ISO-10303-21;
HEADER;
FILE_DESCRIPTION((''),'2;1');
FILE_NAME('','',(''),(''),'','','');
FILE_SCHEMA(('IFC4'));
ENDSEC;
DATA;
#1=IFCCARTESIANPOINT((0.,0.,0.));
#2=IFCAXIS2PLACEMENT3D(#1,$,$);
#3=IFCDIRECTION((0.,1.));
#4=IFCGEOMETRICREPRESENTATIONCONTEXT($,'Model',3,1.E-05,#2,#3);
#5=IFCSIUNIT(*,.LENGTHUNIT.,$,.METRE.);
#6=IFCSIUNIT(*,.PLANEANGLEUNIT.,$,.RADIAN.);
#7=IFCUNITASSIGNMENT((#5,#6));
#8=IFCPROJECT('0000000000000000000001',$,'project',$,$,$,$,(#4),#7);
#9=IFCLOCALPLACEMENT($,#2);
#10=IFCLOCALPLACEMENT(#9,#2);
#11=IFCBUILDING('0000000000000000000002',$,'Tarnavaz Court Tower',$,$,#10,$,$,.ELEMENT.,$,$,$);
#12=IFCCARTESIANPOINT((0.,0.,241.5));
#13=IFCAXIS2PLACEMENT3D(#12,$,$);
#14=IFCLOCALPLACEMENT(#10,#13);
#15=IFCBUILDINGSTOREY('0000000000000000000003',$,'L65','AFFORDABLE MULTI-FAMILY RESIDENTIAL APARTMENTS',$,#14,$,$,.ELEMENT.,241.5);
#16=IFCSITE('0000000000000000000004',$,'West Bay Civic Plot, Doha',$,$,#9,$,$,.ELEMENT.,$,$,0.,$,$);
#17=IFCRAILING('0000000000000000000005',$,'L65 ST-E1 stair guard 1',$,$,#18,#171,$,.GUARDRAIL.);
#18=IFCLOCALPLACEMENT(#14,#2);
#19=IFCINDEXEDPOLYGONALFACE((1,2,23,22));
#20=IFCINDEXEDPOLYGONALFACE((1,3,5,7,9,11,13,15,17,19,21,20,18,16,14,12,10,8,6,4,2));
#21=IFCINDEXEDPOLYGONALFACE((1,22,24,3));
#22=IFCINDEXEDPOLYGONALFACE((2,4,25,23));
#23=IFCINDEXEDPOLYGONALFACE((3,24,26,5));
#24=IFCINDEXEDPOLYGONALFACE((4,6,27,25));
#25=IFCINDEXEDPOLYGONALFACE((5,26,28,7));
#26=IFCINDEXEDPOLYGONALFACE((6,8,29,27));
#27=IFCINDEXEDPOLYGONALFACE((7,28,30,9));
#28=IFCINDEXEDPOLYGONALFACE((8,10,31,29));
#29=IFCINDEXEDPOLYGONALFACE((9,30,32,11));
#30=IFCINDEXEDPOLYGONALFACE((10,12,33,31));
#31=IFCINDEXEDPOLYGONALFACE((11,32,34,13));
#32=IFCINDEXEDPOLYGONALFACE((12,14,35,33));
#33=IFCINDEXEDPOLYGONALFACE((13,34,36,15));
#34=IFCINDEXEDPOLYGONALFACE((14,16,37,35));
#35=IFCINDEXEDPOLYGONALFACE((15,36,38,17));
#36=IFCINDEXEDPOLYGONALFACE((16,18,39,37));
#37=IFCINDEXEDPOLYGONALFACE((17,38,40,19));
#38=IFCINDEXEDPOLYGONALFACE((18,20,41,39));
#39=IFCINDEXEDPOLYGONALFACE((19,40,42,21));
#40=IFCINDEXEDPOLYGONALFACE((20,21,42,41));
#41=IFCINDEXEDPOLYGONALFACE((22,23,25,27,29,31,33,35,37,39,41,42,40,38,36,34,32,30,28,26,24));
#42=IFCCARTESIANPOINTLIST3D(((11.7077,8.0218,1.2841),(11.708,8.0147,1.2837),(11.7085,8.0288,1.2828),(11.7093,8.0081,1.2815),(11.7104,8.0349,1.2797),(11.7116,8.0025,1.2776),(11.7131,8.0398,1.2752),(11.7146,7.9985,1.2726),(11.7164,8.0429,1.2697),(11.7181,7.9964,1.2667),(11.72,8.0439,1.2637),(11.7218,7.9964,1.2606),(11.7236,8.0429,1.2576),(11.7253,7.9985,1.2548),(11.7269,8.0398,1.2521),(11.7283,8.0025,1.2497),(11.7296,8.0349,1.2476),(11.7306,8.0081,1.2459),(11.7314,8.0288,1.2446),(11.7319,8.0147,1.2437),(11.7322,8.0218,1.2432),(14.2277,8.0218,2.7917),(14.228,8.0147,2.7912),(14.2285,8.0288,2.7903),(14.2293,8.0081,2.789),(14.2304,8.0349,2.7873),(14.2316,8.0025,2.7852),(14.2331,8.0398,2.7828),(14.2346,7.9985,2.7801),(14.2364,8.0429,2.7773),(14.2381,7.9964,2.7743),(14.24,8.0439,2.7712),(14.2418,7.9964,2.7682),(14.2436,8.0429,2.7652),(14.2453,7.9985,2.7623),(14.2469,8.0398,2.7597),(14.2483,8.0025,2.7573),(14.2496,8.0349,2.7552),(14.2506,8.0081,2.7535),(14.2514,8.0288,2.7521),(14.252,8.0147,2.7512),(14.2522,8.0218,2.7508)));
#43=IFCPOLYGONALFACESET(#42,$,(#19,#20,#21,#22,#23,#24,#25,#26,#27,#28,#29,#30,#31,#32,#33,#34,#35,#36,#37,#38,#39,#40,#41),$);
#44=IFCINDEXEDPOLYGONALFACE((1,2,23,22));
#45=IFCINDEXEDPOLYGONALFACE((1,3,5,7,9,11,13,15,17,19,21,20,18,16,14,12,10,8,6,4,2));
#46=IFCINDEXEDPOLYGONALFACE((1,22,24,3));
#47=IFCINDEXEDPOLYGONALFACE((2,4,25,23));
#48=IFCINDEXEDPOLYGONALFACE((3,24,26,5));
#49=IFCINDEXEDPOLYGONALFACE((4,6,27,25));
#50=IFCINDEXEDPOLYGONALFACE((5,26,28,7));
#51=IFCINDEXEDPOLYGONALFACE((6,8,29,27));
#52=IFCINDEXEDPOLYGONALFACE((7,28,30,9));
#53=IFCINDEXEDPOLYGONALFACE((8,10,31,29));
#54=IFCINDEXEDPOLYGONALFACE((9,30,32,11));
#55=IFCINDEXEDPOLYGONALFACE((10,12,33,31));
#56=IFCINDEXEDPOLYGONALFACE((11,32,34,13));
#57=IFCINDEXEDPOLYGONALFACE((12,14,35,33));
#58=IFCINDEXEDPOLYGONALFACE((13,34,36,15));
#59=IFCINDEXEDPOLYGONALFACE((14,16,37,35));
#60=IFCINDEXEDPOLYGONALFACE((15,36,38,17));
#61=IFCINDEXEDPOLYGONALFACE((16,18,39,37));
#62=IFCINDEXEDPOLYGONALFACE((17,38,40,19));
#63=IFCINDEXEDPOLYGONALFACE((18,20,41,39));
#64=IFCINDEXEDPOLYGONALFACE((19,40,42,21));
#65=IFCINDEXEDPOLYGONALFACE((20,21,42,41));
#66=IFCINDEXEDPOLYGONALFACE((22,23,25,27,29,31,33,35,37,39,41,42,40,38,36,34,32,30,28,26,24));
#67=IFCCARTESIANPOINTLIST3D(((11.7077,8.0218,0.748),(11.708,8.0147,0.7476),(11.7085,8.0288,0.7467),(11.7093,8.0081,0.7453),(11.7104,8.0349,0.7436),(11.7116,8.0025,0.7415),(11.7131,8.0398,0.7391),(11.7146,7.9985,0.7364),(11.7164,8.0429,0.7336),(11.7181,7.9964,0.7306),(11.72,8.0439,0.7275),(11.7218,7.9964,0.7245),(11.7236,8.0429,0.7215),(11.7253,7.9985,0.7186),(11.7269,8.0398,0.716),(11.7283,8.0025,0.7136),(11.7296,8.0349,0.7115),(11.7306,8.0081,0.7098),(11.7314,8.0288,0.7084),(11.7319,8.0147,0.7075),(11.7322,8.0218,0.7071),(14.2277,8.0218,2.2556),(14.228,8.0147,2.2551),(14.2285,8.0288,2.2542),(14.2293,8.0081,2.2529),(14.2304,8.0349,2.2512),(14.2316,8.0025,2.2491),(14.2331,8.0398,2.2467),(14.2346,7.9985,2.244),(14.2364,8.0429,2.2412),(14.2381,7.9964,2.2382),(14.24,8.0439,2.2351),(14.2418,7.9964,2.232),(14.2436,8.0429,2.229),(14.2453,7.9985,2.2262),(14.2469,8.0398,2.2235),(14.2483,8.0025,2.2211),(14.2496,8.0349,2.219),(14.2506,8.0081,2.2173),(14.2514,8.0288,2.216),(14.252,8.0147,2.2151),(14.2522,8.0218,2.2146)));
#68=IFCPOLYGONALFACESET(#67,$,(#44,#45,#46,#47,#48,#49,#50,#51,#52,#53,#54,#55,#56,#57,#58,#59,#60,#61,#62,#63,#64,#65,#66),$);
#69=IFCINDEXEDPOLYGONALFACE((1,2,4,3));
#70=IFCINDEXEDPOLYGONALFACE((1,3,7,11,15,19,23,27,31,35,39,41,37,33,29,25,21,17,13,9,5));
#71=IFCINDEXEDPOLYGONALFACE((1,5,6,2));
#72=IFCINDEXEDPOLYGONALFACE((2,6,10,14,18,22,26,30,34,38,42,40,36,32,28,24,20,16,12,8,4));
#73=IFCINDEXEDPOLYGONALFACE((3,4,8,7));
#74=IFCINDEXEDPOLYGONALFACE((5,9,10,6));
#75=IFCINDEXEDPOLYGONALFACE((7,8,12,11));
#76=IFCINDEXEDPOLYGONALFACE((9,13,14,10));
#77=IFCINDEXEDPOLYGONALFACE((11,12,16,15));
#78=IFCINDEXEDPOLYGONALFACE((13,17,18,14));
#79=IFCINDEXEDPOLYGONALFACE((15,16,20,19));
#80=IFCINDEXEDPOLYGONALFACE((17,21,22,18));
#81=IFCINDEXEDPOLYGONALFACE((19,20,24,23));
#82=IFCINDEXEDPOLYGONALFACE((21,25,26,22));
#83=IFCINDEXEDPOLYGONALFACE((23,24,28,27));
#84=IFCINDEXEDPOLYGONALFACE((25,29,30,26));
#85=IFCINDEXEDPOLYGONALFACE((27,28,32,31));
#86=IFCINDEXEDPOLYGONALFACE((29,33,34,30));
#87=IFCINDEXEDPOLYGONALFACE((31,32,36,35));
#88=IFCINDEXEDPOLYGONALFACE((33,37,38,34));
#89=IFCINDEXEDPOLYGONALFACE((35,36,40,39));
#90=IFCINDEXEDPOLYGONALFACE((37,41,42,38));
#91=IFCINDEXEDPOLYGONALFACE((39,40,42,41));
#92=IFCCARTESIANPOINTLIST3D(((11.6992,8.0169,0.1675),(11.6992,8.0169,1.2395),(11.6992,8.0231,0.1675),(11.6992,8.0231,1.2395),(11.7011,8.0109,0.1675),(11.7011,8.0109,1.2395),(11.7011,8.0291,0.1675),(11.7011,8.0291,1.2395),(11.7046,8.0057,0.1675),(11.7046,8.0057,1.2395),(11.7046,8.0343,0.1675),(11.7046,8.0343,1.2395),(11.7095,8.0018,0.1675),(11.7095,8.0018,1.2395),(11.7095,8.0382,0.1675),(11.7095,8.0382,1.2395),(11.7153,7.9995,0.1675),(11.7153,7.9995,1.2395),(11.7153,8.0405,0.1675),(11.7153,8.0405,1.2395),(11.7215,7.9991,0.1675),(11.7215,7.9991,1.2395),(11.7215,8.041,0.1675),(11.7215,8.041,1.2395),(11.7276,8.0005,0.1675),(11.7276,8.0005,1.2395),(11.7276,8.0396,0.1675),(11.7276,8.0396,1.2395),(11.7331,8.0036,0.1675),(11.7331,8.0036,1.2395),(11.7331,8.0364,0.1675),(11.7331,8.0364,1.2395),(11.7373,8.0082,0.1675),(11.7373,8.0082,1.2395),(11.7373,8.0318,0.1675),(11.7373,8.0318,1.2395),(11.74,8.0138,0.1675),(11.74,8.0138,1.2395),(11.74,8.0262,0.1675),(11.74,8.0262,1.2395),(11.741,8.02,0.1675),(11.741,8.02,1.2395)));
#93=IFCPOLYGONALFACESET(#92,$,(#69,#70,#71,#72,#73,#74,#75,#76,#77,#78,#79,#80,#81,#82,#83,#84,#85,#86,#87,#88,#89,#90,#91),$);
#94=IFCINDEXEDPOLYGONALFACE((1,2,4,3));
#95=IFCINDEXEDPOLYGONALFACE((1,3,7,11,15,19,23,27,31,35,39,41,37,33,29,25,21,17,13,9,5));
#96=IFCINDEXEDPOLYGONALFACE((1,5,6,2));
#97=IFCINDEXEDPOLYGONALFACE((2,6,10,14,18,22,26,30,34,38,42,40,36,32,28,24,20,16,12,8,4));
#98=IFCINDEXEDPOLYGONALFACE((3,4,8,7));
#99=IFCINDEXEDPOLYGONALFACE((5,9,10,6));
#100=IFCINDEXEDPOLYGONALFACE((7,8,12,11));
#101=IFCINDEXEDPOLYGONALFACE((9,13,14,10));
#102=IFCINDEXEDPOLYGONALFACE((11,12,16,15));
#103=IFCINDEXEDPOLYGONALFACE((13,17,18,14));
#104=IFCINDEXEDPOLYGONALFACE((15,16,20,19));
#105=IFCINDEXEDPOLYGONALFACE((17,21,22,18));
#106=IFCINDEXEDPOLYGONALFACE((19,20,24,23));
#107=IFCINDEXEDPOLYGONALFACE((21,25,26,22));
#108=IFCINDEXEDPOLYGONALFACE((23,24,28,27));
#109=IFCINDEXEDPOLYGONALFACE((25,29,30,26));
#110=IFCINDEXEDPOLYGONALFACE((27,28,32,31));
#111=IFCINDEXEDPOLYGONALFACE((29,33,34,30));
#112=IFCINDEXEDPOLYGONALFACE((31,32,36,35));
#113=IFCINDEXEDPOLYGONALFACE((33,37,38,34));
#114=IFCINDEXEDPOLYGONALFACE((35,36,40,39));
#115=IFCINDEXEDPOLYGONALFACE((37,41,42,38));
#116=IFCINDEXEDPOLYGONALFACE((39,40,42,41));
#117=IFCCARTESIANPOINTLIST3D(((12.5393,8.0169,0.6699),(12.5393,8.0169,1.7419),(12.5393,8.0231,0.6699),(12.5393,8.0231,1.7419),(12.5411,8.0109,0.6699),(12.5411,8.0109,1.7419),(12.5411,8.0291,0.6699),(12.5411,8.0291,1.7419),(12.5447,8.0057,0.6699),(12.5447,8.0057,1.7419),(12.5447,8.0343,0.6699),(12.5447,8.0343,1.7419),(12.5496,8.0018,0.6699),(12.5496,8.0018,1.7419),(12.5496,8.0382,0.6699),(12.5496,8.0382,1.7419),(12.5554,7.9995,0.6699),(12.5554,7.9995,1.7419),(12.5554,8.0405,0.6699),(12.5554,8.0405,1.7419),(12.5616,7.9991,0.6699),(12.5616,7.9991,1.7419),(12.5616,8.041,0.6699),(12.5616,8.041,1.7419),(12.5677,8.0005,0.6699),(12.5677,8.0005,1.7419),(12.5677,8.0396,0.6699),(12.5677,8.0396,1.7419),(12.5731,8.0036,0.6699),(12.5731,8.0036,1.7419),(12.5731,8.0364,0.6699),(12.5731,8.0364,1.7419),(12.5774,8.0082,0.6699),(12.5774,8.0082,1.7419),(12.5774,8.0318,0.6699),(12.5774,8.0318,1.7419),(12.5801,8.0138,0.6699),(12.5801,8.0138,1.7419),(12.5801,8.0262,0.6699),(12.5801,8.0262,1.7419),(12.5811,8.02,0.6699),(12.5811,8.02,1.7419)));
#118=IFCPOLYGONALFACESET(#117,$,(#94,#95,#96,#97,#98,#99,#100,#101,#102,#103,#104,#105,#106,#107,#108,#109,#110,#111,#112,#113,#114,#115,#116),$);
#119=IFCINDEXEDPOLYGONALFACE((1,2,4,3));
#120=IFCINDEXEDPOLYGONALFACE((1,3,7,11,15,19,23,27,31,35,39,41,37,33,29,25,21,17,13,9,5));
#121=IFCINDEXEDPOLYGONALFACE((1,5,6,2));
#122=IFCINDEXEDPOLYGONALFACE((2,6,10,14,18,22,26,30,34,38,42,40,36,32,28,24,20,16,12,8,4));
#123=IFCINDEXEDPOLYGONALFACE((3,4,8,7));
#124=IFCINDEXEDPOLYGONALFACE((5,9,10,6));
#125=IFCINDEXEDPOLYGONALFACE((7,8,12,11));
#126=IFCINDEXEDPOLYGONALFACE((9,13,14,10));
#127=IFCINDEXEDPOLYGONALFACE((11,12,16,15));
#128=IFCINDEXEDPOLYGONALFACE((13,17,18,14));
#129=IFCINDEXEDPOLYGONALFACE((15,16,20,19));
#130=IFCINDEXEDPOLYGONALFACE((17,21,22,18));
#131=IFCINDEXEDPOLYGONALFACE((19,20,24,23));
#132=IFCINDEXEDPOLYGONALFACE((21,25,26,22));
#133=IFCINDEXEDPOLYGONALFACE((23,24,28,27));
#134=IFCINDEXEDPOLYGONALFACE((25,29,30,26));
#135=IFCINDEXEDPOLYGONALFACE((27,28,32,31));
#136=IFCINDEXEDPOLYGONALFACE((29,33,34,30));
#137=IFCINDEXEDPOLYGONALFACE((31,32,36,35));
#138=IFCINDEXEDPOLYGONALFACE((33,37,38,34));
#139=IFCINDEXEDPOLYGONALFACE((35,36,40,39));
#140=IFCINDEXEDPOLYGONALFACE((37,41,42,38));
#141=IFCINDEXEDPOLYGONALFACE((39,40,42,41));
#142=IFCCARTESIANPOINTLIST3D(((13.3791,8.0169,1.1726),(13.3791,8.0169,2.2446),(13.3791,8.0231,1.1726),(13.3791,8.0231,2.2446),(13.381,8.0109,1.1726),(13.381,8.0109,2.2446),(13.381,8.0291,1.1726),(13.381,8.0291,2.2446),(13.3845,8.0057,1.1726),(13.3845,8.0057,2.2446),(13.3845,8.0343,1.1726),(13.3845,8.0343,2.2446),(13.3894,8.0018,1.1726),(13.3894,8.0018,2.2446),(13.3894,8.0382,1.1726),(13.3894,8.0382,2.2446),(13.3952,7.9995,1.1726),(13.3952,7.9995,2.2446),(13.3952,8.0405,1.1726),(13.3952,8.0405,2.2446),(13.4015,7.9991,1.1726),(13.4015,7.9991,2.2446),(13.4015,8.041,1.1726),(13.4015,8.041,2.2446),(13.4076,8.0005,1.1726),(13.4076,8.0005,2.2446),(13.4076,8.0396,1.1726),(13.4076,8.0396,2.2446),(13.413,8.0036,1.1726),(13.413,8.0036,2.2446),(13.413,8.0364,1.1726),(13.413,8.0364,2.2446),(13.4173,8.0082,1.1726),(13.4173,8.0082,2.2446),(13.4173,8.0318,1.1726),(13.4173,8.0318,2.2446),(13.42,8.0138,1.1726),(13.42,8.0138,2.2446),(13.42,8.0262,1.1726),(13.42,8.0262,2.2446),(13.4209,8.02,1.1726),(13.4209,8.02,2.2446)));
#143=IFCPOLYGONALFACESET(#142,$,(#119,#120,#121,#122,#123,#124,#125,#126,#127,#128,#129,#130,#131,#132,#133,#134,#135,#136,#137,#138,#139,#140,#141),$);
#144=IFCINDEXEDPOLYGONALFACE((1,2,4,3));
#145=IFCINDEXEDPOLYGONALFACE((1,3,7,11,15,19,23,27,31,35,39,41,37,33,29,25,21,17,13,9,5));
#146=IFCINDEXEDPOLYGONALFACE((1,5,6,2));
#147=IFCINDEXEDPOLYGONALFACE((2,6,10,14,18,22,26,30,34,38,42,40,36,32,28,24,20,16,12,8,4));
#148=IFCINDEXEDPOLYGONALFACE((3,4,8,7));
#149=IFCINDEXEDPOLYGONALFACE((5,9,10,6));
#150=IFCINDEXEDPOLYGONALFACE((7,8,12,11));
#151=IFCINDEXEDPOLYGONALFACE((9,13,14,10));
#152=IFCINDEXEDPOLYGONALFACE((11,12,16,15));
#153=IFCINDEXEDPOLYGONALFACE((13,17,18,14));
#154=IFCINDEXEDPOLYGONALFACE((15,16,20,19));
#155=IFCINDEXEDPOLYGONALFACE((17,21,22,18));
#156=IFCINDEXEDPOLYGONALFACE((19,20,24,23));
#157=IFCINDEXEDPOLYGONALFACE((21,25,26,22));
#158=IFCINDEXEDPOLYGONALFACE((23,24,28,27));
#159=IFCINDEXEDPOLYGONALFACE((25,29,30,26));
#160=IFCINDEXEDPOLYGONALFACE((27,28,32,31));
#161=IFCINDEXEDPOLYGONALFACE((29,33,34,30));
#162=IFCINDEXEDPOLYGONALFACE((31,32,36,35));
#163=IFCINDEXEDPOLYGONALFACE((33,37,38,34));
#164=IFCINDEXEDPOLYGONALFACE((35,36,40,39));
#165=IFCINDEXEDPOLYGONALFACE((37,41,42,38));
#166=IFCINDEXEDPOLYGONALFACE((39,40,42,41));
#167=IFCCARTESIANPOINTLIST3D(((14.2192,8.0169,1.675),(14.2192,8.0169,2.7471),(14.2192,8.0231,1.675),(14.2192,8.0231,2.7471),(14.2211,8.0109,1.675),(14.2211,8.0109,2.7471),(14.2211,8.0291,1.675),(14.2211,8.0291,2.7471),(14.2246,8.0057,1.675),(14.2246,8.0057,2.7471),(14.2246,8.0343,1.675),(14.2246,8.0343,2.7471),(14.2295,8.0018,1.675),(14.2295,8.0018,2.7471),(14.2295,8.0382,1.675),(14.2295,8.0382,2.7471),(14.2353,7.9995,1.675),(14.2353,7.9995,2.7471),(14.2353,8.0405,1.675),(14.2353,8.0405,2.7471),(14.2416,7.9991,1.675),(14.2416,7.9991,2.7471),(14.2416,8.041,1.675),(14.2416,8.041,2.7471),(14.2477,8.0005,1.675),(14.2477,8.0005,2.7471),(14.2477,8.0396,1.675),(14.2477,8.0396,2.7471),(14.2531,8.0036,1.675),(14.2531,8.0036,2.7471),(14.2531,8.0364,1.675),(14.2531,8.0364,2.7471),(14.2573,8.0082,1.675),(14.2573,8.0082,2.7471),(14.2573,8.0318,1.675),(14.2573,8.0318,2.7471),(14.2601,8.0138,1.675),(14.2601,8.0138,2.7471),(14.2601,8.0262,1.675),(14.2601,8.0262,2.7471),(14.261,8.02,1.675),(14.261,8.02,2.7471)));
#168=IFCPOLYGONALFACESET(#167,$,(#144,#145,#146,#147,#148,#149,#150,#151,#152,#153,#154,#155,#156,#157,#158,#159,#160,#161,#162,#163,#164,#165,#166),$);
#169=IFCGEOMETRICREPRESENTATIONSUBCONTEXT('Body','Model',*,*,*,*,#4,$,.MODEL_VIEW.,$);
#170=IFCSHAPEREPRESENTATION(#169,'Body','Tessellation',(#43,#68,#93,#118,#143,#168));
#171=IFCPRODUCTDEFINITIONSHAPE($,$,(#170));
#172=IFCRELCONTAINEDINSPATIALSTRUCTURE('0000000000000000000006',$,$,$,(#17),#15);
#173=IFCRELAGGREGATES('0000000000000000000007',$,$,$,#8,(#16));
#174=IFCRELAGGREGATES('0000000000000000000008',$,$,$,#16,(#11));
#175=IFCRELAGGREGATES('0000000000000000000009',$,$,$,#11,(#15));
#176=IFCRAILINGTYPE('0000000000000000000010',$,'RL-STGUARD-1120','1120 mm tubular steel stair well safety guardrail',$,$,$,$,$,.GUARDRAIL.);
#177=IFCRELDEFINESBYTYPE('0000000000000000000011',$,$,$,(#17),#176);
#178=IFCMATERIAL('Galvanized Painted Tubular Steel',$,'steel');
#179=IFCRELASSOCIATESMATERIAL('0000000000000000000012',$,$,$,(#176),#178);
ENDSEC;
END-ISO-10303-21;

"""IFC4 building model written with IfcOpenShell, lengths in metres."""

from ifc_helpers import new_model, si_unit, direction, frame, origin, origin_2d, place, context, subcontext, project, spatial, circle, extrude, material, type_object, element, save


model = new_model("IFC4")

# Units and contexts
model_context = context("Model", 3, precision=1e-05, world=origin(), true_north=direction((0.0, 1.0)))
body_context = subcontext(model_context, "Body", "Model", "MODEL_VIEW")
ifc_project = project(units=[si_unit("LENGTHUNIT", "METRE"), si_unit("PLANEANGLEUNIT", "RADIAN")], contexts=[model_context])

# Site, building, storey
site_placement = place(None, origin())
site = spatial("IfcSite", under=ifc_project, at=site_placement, Name="West Bay Civic Plot, Doha", CompositionType="ELEMENT", RefElevation=0.0)
building_placement = place(site_placement, origin())
building = spatial("IfcBuilding", under=site, at=building_placement, Name="Tarnavaz Court Tower", CompositionType="ELEMENT")
storey_placement = place(building_placement, frame((0.0, 0.0, 241.5)))
storey = spatial("IfcBuildingStorey", under=building, at=storey_placement, Name="L65", Description="AFFORDABLE MULTI-FAMILY RESIDENTIAL APARTMENTS", CompositionType="ELEMENT", Elevation=241.5)

# Railing
ifc_material_1 = material(Name="Galvanized Painted Tubular Steel", Category="steel")
railing_type_1 = type_object("IfcRailingType", Name="RL-STGUARD-1120", Description="1120 mm tubular steel stair well safety guardrail", PredefinedType="GUARDRAIL", material=ifc_material_1)
railing_1_placement = place(storey_placement, frame((11.72, 8.02, 0.1675)))
element("IfcRailing", 1, at=railing_1_placement, inside=storey, type_object=railing_type_1, Name="L65 ST-E1 stair guard 1", PredefinedType="GUARDRAIL", context=body_context, shape_type="SweptSolid", body=[
    extrude(circle(Radius=0.0239, at=origin_2d()), frame((0.0, 0.0, 1.0962), z_axis=(0.85816, 0.0, 0.513383), x_axis=(0.0, 1.0, 0.0)), (0.0, 0.0, 1.0), 2.9365),
    extrude(circle(Radius=0.0239, at=origin_2d()), frame((0.0, 0.0, 0.5601), z_axis=(0.85816, 0.0, 0.513383), x_axis=(0.0, 1.0, 0.0)), (0.0, 0.0, 1.0), 2.9365),
    extrude(circle(Radius=0.021, at=origin_2d()), origin(), (0.0, 0.0, 1.0), 1.072),
    extrude(circle(Radius=0.021, at=origin_2d()), frame((0.8401, 0.0, 0.5024)), (0.0, 0.0, 1.0), 1.072),
    extrude(circle(Radius=0.021, at=origin_2d()), frame((1.6799, 0.0, 1.0051)), (0.0, 0.0, 1.0), 1.072),
    extrude(circle(Radius=0.021, at=origin_2d()), frame((2.52, 0.0, 1.5076)), (0.0, 0.0, 1.0), 1.072),
])

save(model, "model.ifc")
